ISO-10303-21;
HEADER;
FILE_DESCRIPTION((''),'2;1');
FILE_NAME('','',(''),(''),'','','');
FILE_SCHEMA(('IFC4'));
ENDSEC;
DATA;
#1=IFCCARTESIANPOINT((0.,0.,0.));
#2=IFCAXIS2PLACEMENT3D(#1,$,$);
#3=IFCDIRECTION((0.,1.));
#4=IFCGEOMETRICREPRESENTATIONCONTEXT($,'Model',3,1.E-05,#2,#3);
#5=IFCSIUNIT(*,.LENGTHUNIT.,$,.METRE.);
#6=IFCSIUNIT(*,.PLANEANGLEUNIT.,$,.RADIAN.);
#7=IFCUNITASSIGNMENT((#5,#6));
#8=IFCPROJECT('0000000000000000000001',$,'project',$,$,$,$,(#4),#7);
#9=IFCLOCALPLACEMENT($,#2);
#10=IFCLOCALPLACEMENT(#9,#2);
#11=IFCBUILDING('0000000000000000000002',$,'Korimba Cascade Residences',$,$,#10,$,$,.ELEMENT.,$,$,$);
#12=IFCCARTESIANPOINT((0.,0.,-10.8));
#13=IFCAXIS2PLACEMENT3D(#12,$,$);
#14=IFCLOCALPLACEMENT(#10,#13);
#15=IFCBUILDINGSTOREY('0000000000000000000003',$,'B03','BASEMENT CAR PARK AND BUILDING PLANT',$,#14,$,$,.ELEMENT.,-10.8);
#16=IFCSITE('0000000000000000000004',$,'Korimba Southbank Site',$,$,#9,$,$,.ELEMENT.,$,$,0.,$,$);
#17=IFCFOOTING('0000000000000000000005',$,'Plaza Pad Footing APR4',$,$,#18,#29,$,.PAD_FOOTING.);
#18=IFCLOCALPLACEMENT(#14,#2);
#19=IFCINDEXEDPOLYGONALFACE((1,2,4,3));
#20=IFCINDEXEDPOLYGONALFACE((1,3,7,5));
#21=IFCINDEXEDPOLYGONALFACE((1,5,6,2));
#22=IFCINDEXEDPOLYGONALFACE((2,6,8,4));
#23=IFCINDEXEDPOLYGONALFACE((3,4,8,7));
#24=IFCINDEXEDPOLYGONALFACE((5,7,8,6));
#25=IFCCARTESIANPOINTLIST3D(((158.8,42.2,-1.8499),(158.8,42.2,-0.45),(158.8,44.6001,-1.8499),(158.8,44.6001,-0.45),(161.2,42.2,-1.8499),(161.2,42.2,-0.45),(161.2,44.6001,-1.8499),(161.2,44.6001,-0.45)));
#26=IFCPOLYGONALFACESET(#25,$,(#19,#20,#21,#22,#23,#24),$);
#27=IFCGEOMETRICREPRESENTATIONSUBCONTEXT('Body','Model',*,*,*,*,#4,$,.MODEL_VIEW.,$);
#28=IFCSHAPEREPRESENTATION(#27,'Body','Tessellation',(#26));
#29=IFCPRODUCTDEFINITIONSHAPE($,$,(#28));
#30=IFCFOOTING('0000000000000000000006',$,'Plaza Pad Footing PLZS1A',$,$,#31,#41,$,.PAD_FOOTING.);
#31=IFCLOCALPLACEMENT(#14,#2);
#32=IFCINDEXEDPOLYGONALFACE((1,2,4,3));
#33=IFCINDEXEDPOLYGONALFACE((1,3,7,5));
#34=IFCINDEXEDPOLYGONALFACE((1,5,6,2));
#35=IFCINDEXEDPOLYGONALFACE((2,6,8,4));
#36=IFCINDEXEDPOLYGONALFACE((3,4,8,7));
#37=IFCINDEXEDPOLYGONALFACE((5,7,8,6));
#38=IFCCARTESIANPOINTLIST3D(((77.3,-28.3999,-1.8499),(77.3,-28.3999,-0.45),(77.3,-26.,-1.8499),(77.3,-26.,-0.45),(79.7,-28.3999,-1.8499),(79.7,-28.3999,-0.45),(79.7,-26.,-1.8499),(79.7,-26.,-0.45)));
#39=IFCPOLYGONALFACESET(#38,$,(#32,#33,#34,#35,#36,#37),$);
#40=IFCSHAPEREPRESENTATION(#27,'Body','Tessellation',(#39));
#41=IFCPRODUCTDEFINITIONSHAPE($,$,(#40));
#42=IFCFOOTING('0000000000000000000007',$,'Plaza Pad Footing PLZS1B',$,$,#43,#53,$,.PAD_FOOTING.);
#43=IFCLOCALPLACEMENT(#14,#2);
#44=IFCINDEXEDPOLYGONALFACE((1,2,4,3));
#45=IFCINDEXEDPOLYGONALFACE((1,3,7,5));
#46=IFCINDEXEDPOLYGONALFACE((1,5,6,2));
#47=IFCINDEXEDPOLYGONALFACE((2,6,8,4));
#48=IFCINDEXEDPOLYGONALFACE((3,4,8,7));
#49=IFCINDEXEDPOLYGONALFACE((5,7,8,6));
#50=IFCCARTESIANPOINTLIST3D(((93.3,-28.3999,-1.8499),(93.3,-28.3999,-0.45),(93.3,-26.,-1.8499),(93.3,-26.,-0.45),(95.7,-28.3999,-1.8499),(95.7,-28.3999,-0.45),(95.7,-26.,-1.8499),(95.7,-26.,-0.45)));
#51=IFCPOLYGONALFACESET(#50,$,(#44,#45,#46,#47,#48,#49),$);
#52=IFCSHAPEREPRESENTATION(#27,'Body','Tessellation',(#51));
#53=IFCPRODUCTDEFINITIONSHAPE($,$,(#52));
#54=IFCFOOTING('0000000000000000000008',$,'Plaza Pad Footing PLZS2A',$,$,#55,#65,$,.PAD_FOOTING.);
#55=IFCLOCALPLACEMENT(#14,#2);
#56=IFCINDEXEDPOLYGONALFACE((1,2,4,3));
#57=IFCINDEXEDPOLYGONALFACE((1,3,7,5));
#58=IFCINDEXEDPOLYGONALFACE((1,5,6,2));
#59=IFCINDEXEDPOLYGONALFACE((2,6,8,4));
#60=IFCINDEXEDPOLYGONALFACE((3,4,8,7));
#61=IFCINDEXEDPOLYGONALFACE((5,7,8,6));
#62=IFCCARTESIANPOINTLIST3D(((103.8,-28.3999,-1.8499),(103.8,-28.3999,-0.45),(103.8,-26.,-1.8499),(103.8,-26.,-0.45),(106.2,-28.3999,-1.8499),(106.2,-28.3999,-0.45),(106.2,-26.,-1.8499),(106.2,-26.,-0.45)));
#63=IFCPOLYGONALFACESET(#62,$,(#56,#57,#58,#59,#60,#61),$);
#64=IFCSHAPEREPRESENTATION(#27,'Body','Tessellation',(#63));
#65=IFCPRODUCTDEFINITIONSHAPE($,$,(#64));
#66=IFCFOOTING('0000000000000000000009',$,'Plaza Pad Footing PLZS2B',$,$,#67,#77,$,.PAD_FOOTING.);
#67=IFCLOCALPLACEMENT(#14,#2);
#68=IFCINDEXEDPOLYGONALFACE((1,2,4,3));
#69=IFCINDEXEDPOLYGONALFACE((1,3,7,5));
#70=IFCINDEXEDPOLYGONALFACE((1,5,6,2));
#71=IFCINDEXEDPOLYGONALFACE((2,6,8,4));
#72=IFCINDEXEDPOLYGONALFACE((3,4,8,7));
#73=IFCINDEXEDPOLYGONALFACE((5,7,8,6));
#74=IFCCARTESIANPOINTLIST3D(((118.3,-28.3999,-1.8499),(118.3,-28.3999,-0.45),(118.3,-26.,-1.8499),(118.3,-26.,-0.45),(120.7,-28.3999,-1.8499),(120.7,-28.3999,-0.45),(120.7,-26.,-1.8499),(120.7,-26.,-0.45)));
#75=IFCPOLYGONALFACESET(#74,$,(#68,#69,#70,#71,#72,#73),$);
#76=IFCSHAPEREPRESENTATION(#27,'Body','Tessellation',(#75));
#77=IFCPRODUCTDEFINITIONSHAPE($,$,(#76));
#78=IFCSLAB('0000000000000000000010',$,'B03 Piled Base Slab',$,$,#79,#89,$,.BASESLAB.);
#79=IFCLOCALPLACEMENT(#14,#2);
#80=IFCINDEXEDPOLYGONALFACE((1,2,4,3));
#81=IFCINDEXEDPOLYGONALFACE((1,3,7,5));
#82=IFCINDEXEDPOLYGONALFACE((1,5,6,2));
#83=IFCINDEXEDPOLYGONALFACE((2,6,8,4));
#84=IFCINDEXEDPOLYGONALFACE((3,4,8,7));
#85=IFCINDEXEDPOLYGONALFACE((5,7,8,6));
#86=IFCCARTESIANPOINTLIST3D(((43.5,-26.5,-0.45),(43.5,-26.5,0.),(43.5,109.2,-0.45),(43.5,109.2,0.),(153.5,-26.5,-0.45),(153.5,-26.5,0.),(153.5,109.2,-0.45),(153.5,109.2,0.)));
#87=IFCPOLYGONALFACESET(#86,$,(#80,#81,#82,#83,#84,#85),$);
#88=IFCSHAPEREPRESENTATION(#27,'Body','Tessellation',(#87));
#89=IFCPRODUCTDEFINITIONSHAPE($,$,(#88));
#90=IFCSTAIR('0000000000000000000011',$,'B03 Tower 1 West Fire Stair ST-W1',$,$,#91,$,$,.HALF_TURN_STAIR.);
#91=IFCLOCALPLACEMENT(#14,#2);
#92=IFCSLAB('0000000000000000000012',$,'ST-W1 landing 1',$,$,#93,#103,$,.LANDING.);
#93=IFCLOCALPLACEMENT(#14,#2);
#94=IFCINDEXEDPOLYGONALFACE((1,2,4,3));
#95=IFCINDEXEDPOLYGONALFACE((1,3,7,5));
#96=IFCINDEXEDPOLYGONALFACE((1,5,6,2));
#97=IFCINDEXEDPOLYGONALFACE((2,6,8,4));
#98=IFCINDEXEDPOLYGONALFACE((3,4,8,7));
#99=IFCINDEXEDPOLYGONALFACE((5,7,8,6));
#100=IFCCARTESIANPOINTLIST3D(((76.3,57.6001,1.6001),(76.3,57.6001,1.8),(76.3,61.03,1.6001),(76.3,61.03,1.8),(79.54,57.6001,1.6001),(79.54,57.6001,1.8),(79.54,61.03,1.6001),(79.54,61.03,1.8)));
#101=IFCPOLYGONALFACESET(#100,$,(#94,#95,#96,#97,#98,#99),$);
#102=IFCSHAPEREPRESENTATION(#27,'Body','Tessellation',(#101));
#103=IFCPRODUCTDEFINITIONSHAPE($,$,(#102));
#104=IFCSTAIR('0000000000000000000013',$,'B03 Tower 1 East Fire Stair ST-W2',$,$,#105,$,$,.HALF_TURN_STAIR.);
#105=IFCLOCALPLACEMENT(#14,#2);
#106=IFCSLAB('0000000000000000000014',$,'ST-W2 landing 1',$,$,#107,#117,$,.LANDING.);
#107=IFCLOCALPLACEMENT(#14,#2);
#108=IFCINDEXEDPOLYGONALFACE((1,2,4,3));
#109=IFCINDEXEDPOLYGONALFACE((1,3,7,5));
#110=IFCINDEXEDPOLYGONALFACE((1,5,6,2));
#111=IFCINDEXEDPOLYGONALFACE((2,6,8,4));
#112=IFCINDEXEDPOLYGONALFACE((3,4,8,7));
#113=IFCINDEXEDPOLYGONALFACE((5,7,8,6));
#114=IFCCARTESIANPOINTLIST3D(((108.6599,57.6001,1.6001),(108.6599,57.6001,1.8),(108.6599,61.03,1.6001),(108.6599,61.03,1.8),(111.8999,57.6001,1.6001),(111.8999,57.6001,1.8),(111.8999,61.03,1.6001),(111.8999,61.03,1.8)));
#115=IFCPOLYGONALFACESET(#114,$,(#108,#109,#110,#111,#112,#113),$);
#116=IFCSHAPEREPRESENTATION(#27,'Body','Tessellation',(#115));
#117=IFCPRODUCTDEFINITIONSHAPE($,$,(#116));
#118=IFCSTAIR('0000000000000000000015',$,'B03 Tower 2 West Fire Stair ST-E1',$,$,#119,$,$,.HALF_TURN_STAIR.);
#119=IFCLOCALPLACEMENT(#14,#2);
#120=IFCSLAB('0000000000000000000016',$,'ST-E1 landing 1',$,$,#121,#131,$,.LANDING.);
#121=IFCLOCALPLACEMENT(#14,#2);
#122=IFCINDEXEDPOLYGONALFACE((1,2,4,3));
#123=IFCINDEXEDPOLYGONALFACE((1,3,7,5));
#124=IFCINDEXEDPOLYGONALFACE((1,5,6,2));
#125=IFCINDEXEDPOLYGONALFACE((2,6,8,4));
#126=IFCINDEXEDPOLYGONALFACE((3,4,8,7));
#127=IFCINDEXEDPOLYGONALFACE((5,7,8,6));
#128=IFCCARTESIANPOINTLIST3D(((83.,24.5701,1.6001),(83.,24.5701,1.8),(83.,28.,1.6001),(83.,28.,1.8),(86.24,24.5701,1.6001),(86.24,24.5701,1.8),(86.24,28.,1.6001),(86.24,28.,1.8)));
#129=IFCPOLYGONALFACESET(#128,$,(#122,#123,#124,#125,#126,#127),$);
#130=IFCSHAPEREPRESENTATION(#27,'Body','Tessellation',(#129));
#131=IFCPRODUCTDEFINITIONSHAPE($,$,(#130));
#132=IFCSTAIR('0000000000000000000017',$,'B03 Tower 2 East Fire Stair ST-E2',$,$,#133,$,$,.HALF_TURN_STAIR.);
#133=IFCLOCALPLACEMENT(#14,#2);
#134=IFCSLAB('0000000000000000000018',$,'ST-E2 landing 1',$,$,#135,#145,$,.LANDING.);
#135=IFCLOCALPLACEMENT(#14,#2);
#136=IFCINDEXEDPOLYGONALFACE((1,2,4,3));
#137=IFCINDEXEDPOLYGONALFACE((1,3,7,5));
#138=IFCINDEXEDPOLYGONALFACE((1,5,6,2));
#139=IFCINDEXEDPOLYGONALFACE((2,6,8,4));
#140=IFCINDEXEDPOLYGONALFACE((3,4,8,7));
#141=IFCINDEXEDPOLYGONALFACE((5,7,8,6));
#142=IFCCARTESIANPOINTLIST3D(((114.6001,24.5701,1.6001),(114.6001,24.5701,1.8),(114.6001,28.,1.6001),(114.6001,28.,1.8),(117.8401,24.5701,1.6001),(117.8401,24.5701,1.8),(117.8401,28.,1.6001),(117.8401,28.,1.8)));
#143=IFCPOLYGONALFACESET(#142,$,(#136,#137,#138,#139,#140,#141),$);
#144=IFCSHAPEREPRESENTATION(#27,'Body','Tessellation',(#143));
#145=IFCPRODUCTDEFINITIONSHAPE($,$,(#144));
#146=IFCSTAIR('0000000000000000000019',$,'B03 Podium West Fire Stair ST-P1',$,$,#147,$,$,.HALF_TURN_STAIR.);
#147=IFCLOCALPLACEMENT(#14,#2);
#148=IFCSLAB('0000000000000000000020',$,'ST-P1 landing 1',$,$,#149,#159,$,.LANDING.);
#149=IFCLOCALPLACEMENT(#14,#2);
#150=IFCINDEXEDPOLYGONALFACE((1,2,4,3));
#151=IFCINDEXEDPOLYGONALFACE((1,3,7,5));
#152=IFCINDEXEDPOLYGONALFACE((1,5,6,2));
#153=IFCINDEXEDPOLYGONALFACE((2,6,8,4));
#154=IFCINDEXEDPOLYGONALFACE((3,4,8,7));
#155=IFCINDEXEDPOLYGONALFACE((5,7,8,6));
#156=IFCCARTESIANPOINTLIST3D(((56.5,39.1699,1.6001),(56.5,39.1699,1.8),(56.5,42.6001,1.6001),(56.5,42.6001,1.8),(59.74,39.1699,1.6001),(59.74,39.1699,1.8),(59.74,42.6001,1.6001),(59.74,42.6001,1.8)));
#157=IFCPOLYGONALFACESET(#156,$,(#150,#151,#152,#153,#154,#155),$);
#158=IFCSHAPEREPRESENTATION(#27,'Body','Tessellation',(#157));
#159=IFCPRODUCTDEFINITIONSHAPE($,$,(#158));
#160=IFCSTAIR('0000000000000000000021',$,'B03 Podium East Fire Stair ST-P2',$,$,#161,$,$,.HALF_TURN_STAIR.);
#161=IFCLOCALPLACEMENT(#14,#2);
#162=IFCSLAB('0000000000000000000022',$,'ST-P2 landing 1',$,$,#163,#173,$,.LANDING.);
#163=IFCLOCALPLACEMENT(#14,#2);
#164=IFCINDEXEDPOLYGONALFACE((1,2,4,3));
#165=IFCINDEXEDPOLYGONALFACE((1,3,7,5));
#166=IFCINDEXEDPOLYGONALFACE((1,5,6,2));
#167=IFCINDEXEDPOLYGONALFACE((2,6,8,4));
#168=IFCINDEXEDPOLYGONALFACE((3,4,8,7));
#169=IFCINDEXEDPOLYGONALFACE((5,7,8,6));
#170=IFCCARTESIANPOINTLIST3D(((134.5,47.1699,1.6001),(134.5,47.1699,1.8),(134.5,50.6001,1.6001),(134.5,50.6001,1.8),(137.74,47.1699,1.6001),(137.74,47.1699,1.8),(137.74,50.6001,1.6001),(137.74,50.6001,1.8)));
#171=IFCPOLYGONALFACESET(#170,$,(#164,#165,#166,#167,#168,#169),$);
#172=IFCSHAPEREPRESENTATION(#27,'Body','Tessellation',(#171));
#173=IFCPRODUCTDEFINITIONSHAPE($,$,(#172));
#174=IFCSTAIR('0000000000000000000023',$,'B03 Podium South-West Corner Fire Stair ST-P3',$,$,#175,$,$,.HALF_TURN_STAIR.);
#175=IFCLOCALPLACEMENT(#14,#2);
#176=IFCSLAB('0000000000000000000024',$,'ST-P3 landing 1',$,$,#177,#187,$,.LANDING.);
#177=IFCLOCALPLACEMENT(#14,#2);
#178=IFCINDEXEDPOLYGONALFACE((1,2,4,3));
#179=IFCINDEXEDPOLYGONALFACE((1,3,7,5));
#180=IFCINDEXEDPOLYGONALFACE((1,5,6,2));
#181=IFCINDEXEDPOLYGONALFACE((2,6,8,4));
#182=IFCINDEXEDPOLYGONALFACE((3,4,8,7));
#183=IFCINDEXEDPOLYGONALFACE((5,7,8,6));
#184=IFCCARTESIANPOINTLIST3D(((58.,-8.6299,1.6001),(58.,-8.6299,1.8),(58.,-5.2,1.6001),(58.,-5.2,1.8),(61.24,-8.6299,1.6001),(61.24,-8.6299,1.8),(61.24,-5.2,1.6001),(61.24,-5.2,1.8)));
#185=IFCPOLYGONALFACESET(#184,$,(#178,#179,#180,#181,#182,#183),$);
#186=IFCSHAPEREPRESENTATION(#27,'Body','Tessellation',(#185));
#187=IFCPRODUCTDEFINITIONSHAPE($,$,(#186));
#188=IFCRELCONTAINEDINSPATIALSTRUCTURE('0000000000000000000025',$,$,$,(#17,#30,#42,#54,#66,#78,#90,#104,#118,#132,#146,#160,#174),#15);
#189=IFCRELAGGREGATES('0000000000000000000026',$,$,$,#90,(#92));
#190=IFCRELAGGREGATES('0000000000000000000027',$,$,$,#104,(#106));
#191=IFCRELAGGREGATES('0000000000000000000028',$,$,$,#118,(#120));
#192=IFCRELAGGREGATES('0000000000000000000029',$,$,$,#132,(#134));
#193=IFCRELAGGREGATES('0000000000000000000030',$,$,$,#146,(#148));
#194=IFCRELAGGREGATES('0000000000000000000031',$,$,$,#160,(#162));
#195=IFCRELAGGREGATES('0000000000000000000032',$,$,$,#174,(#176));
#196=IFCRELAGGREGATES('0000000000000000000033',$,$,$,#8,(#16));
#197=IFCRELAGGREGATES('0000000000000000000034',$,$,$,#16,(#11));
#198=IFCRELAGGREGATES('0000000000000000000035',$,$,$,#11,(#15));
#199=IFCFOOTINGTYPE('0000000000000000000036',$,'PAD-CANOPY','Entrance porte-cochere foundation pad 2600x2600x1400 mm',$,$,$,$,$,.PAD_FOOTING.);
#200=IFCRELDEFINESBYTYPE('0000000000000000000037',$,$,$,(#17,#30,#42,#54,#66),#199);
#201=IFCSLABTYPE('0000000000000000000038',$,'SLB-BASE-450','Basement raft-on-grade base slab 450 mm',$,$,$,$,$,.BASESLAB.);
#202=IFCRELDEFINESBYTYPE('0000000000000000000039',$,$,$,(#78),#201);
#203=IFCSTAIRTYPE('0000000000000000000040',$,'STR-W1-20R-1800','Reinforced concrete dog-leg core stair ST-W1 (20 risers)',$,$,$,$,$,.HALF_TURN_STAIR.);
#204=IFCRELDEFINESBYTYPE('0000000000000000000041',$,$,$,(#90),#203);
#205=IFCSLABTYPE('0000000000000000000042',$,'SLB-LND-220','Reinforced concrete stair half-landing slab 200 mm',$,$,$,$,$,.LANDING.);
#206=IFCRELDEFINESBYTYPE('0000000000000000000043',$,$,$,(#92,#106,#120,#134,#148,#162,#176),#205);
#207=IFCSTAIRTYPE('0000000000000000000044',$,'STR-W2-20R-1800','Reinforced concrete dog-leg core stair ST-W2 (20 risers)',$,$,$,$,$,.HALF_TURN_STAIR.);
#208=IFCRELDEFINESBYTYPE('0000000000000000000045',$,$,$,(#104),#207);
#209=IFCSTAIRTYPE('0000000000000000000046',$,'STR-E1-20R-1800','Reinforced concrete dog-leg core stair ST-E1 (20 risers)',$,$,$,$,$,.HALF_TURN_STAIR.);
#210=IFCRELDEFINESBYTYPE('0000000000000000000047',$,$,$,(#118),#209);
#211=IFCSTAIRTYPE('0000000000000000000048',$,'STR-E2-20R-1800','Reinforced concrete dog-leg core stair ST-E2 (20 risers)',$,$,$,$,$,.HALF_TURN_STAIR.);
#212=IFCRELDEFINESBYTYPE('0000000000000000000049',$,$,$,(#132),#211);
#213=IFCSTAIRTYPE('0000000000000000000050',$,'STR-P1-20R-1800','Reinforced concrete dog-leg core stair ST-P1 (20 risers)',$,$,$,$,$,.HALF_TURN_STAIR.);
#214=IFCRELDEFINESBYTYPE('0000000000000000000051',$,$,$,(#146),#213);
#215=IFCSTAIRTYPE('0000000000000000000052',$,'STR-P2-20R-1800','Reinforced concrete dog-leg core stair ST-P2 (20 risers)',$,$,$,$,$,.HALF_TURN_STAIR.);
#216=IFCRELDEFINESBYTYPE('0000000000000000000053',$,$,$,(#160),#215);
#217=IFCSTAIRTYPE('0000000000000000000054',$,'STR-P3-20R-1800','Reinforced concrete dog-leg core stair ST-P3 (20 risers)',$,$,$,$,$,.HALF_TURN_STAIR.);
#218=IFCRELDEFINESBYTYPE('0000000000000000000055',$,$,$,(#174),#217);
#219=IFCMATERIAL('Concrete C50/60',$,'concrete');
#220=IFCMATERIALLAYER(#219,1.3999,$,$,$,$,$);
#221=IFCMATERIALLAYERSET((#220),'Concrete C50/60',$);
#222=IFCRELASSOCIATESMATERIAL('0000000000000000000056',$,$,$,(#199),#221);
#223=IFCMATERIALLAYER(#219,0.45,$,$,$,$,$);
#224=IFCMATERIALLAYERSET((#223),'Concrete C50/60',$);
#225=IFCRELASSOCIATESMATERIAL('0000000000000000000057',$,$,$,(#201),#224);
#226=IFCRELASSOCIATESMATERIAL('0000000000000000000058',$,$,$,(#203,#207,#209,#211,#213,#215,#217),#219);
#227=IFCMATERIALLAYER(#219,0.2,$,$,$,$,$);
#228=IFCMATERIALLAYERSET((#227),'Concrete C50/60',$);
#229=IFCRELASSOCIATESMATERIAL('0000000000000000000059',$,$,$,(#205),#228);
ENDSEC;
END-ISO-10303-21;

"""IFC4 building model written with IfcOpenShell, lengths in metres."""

from ifc_helpers import new_model, si_unit, direction, frame, origin, place, context, subcontext, project, spatial, polyline, outline, extrude, material, layer, layer_set, type_object, element, aggregate, save


model = new_model("IFC4")

# Units and contexts
model_context = context("Model", 3, precision=1e-05, world=origin(), true_north=direction((0.0, 1.0)))
body_context = subcontext(model_context, "Body", "Model", "MODEL_VIEW")
ifc_project = project(units=[si_unit("LENGTHUNIT", "METRE"), si_unit("PLANEANGLEUNIT", "RADIAN")], contexts=[model_context])

# Site, building, storey
site_placement = place(None, origin())
site = spatial("IfcSite", under=ifc_project, at=site_placement, Name="Korimba Southbank Site", CompositionType="ELEMENT", RefElevation=0.0)
building_placement = place(site_placement, origin())
building = spatial("IfcBuilding", under=site, at=building_placement, Name="Korimba Cascade Residences", CompositionType="ELEMENT")
storey_placement = place(building_placement, frame((0.0, 0.0, -10.8)))
storey = spatial("IfcBuildingStorey", under=building, at=storey_placement, Name="B03", Description="BASEMENT CAR PARK AND BUILDING PLANT", CompositionType="ELEMENT", Elevation=-10.8)

# Footings
ifc_material = material(Name="Concrete C50/60", Category="concrete")
ifc_layer_1 = layer(ifc_material, 1.3999)
ifc_layer_set_1 = layer_set([ifc_layer_1], Name="Concrete C50/60")
footing_type_1 = type_object("IfcFootingType", Name="PAD-CANOPY", Description="Entrance porte-cochere foundation pad 2600x2600x1400 mm", PredefinedType="PAD_FOOTING", material=ifc_layer_set_1)
footing_1_placement = place(storey_placement, frame((0.0, 0.0, -1.8499)))
element("IfcFooting", 1, at=footing_1_placement, inside=storey, type_object=footing_type_1, Name="Plaza Pad Footing APR4", PredefinedType="PAD_FOOTING", context=body_context, shape_type="SweptSolid", body=[
    extrude(outline(polyline([(158.8, 42.2), (161.2, 42.2), (161.2, 44.6001), (158.8, 44.6001), (158.8, 42.2)])), origin(), (0.0, 0.0, 1.0), 1.3999),
])
footing_2_placement = place(storey_placement, frame((0.0, 0.0, -1.8499)))
element("IfcFooting", 2, at=footing_2_placement, inside=storey, type_object=footing_type_1, Name="Plaza Pad Footing PLZS1A", PredefinedType="PAD_FOOTING", context=body_context, shape_type="SweptSolid", body=[
    extrude(outline(polyline([(77.3, -28.3999), (79.7, -28.3999), (79.7, -26.0), (77.3, -26.0), (77.3, -28.3999)])), origin(), (0.0, 0.0, 1.0), 1.3999),
])
footing_3_placement = place(storey_placement, frame((0.0, 0.0, -1.8499)))
element("IfcFooting", 3, at=footing_3_placement, inside=storey, type_object=footing_type_1, Name="Plaza Pad Footing PLZS1B", PredefinedType="PAD_FOOTING", context=body_context, shape_type="SweptSolid", body=[
    extrude(outline(polyline([(93.3, -28.3999), (95.7, -28.3999), (95.7, -26.0), (93.3, -26.0), (93.3, -28.3999)])), origin(), (0.0, 0.0, 1.0), 1.3999),
])
footing_4_placement = place(storey_placement, frame((0.0, 0.0, -1.8499)))
element("IfcFooting", 4, at=footing_4_placement, inside=storey, type_object=footing_type_1, Name="Plaza Pad Footing PLZS2A", PredefinedType="PAD_FOOTING", context=body_context, shape_type="SweptSolid", body=[
    extrude(outline(polyline([(103.8, -28.3999), (106.2, -28.3999), (106.2, -26.0), (103.8, -26.0), (103.8, -28.3999)])), origin(), (0.0, 0.0, 1.0), 1.3999),
])
footing_5_placement = place(storey_placement, frame((0.0, 0.0, -1.8499)))
element("IfcFooting", 5, at=footing_5_placement, inside=storey, type_object=footing_type_1, Name="Plaza Pad Footing PLZS2B", PredefinedType="PAD_FOOTING", context=body_context, shape_type="SweptSolid", body=[
    extrude(outline(polyline([(118.3, -28.3999), (120.7, -28.3999), (120.7, -26.0), (118.3, -26.0), (118.3, -28.3999)])), origin(), (0.0, 0.0, 1.0), 1.3999),
])

# Slab
ifc_layer_2 = layer(ifc_material, 0.45)
ifc_layer_set_2 = layer_set([ifc_layer_2], Name="Concrete C50/60")
slab_type_1 = type_object("IfcSlabType", Name="SLB-BASE-450", Description="Basement raft-on-grade base slab 450 mm", PredefinedType="BASESLAB", material=ifc_layer_set_2)
slab_1_placement = place(storey_placement, frame((0.0, 0.0, -0.45)))
element("IfcSlab", 6, at=slab_1_placement, inside=storey, type_object=slab_type_1, Name="B03 Piled Base Slab", PredefinedType="BASESLAB", context=body_context, shape_type="SweptSolid", body=[
    extrude(outline(polyline([(43.5, -26.5), (153.5, -26.5), (153.5, 109.2), (43.5, 109.2), (43.5, -26.5)])), origin(), (0.0, 0.0, 1.0), 0.45),
])

# Stairs, slabs
stair_type_1 = type_object("IfcStairType", Name="STR-W1-20R-1800", Description="Reinforced concrete dog-leg core stair ST-W1 (20 risers)", PredefinedType="HALF_TURN_STAIR", material=ifc_material)
stair_1_placement = place(storey_placement, origin())
stair_1 = element("IfcStair", 7, at=stair_1_placement, inside=storey, type_object=stair_type_1, Name="B03 Tower 1 West Fire Stair ST-W1", PredefinedType="HALF_TURN_STAIR")
ifc_layer_3 = layer(ifc_material, 0.2)
ifc_layer_set_3 = layer_set([ifc_layer_3], Name="Concrete C50/60")
slab_type_2 = type_object("IfcSlabType", Name="SLB-LND-220", Description="Reinforced concrete stair half-landing slab 200 mm", PredefinedType="LANDING", material=ifc_layer_set_3)
slab_2_placement = place(storey_placement, frame((0.0, 0.0, 1.6001)))
slab_2 = element("IfcSlab", 8, at=slab_2_placement, type_object=slab_type_2, Name="ST-W1 landing 1", PredefinedType="LANDING", context=body_context, shape_type="SweptSolid", body=[
    extrude(outline(polyline([(76.3, 61.03), (76.3, 57.6001), (79.54, 57.6001), (79.54, 61.03), (76.3, 61.03)])), origin(), (0.0, 0.0, 1.0), 0.2),
])
aggregate(stair_1, [slab_2])
stair_type_2 = type_object("IfcStairType", Name="STR-W2-20R-1800", Description="Reinforced concrete dog-leg core stair ST-W2 (20 risers)", PredefinedType="HALF_TURN_STAIR", material=ifc_material)
stair_2_placement = place(storey_placement, origin())
stair_2 = element("IfcStair", 9, at=stair_2_placement, inside=storey, type_object=stair_type_2, Name="B03 Tower 1 East Fire Stair ST-W2", PredefinedType="HALF_TURN_STAIR")
slab_3_placement = place(storey_placement, frame((0.0, 0.0, 1.6001)))
slab_3 = element("IfcSlab", 10, at=slab_3_placement, type_object=slab_type_2, Name="ST-W2 landing 1", PredefinedType="LANDING", context=body_context, shape_type="SweptSolid", body=[
    extrude(outline(polyline([(108.6599, 61.03), (108.6599, 57.6001), (111.8999, 57.6001), (111.8999, 61.03), (108.6599, 61.03)])), origin(), (0.0, 0.0, 1.0), 0.2),
])
aggregate(stair_2, [slab_3])
stair_type_3 = type_object("IfcStairType", Name="STR-E1-20R-1800", Description="Reinforced concrete dog-leg core stair ST-E1 (20 risers)", PredefinedType="HALF_TURN_STAIR", material=ifc_material)
stair_3_placement = place(storey_placement, origin())
stair_3 = element("IfcStair", 11, at=stair_3_placement, inside=storey, type_object=stair_type_3, Name="B03 Tower 2 West Fire Stair ST-E1", PredefinedType="HALF_TURN_STAIR")
slab_4_placement = place(storey_placement, frame((0.0, 0.0, 1.6001)))
slab_4 = element("IfcSlab", 12, at=slab_4_placement, type_object=slab_type_2, Name="ST-E1 landing 1", PredefinedType="LANDING", context=body_context, shape_type="SweptSolid", body=[
    extrude(outline(polyline([(86.24, 24.5701), (86.24, 28.0), (83.0, 28.0), (83.0, 24.5701), (86.24, 24.5701)])), origin(), (0.0, 0.0, 1.0), 0.2),
])
aggregate(stair_3, [slab_4])
stair_type_4 = type_object("IfcStairType", Name="STR-E2-20R-1800", Description="Reinforced concrete dog-leg core stair ST-E2 (20 risers)", PredefinedType="HALF_TURN_STAIR", material=ifc_material)
stair_4_placement = place(storey_placement, origin())
stair_4 = element("IfcStair", 13, at=stair_4_placement, inside=storey, type_object=stair_type_4, Name="B03 Tower 2 East Fire Stair ST-E2", PredefinedType="HALF_TURN_STAIR")
slab_5_placement = place(storey_placement, frame((0.0, 0.0, 1.6001)))
slab_5 = element("IfcSlab", 14, at=slab_5_placement, type_object=slab_type_2, Name="ST-E2 landing 1", PredefinedType="LANDING", context=body_context, shape_type="SweptSolid", body=[
    extrude(outline(polyline([(117.8401, 24.5701), (117.8401, 28.0), (114.6001, 28.0), (114.6001, 24.5701), (117.8401, 24.5701)])), origin(), (0.0, 0.0, 1.0), 0.2),
])
aggregate(stair_4, [slab_5])
stair_type_5 = type_object("IfcStairType", Name="STR-P1-20R-1800", Description="Reinforced concrete dog-leg core stair ST-P1 (20 risers)", PredefinedType="HALF_TURN_STAIR", material=ifc_material)
stair_5_placement = place(storey_placement, origin())
stair_5 = element("IfcStair", 15, at=stair_5_placement, inside=storey, type_object=stair_type_5, Name="B03 Podium West Fire Stair ST-P1", PredefinedType="HALF_TURN_STAIR")
slab_6_placement = place(storey_placement, frame((0.0, 0.0, 1.6001)))
slab_6 = element("IfcSlab", 16, at=slab_6_placement, type_object=slab_type_2, Name="ST-P1 landing 1", PredefinedType="LANDING", context=body_context, shape_type="SweptSolid", body=[
    extrude(outline(polyline([(59.74, 39.1699), (59.74, 42.6001), (56.5, 42.6001), (56.5, 39.1699), (59.74, 39.1699)])), origin(), (0.0, 0.0, 1.0), 0.2),
])
aggregate(stair_5, [slab_6])
stair_type_6 = type_object("IfcStairType", Name="STR-P2-20R-1800", Description="Reinforced concrete dog-leg core stair ST-P2 (20 risers)", PredefinedType="HALF_TURN_STAIR", material=ifc_material)
stair_6_placement = place(storey_placement, origin())
stair_6 = element("IfcStair", 17, at=stair_6_placement, inside=storey, type_object=stair_type_6, Name="B03 Podium East Fire Stair ST-P2", PredefinedType="HALF_TURN_STAIR")
slab_7_placement = place(storey_placement, frame((0.0, 0.0, 1.6001)))
slab_7 = element("IfcSlab", 18, at=slab_7_placement, type_object=slab_type_2, Name="ST-P2 landing 1", PredefinedType="LANDING", context=body_context, shape_type="SweptSolid", body=[
    extrude(outline(polyline([(137.74, 47.1699), (137.74, 50.6001), (134.5, 50.6001), (134.5, 47.1699), (137.74, 47.1699)])), origin(), (0.0, 0.0, 1.0), 0.2),
])
aggregate(stair_6, [slab_7])
stair_type_7 = type_object("IfcStairType", Name="STR-P3-20R-1800", Description="Reinforced concrete dog-leg core stair ST-P3 (20 risers)", PredefinedType="HALF_TURN_STAIR", material=ifc_material)
stair_7_placement = place(storey_placement, origin())
stair_7 = element("IfcStair", 19, at=stair_7_placement, inside=storey, type_object=stair_type_7, Name="B03 Podium South-West Corner Fire Stair ST-P3", PredefinedType="HALF_TURN_STAIR")
slab_8_placement = place(storey_placement, frame((0.0, 0.0, 1.6001)))
slab_8 = element("IfcSlab", 20, at=slab_8_placement, type_object=slab_type_2, Name="ST-P3 landing 1", PredefinedType="LANDING", context=body_context, shape_type="SweptSolid", body=[
    extrude(outline(polyline([(61.24, -8.6299), (61.24, -5.2), (58.0, -5.2), (58.0, -8.6299), (61.24, -8.6299)])), origin(), (0.0, 0.0, 1.0), 0.2),
])
aggregate(stair_7, [slab_8])

save(model, "model.ifc")
